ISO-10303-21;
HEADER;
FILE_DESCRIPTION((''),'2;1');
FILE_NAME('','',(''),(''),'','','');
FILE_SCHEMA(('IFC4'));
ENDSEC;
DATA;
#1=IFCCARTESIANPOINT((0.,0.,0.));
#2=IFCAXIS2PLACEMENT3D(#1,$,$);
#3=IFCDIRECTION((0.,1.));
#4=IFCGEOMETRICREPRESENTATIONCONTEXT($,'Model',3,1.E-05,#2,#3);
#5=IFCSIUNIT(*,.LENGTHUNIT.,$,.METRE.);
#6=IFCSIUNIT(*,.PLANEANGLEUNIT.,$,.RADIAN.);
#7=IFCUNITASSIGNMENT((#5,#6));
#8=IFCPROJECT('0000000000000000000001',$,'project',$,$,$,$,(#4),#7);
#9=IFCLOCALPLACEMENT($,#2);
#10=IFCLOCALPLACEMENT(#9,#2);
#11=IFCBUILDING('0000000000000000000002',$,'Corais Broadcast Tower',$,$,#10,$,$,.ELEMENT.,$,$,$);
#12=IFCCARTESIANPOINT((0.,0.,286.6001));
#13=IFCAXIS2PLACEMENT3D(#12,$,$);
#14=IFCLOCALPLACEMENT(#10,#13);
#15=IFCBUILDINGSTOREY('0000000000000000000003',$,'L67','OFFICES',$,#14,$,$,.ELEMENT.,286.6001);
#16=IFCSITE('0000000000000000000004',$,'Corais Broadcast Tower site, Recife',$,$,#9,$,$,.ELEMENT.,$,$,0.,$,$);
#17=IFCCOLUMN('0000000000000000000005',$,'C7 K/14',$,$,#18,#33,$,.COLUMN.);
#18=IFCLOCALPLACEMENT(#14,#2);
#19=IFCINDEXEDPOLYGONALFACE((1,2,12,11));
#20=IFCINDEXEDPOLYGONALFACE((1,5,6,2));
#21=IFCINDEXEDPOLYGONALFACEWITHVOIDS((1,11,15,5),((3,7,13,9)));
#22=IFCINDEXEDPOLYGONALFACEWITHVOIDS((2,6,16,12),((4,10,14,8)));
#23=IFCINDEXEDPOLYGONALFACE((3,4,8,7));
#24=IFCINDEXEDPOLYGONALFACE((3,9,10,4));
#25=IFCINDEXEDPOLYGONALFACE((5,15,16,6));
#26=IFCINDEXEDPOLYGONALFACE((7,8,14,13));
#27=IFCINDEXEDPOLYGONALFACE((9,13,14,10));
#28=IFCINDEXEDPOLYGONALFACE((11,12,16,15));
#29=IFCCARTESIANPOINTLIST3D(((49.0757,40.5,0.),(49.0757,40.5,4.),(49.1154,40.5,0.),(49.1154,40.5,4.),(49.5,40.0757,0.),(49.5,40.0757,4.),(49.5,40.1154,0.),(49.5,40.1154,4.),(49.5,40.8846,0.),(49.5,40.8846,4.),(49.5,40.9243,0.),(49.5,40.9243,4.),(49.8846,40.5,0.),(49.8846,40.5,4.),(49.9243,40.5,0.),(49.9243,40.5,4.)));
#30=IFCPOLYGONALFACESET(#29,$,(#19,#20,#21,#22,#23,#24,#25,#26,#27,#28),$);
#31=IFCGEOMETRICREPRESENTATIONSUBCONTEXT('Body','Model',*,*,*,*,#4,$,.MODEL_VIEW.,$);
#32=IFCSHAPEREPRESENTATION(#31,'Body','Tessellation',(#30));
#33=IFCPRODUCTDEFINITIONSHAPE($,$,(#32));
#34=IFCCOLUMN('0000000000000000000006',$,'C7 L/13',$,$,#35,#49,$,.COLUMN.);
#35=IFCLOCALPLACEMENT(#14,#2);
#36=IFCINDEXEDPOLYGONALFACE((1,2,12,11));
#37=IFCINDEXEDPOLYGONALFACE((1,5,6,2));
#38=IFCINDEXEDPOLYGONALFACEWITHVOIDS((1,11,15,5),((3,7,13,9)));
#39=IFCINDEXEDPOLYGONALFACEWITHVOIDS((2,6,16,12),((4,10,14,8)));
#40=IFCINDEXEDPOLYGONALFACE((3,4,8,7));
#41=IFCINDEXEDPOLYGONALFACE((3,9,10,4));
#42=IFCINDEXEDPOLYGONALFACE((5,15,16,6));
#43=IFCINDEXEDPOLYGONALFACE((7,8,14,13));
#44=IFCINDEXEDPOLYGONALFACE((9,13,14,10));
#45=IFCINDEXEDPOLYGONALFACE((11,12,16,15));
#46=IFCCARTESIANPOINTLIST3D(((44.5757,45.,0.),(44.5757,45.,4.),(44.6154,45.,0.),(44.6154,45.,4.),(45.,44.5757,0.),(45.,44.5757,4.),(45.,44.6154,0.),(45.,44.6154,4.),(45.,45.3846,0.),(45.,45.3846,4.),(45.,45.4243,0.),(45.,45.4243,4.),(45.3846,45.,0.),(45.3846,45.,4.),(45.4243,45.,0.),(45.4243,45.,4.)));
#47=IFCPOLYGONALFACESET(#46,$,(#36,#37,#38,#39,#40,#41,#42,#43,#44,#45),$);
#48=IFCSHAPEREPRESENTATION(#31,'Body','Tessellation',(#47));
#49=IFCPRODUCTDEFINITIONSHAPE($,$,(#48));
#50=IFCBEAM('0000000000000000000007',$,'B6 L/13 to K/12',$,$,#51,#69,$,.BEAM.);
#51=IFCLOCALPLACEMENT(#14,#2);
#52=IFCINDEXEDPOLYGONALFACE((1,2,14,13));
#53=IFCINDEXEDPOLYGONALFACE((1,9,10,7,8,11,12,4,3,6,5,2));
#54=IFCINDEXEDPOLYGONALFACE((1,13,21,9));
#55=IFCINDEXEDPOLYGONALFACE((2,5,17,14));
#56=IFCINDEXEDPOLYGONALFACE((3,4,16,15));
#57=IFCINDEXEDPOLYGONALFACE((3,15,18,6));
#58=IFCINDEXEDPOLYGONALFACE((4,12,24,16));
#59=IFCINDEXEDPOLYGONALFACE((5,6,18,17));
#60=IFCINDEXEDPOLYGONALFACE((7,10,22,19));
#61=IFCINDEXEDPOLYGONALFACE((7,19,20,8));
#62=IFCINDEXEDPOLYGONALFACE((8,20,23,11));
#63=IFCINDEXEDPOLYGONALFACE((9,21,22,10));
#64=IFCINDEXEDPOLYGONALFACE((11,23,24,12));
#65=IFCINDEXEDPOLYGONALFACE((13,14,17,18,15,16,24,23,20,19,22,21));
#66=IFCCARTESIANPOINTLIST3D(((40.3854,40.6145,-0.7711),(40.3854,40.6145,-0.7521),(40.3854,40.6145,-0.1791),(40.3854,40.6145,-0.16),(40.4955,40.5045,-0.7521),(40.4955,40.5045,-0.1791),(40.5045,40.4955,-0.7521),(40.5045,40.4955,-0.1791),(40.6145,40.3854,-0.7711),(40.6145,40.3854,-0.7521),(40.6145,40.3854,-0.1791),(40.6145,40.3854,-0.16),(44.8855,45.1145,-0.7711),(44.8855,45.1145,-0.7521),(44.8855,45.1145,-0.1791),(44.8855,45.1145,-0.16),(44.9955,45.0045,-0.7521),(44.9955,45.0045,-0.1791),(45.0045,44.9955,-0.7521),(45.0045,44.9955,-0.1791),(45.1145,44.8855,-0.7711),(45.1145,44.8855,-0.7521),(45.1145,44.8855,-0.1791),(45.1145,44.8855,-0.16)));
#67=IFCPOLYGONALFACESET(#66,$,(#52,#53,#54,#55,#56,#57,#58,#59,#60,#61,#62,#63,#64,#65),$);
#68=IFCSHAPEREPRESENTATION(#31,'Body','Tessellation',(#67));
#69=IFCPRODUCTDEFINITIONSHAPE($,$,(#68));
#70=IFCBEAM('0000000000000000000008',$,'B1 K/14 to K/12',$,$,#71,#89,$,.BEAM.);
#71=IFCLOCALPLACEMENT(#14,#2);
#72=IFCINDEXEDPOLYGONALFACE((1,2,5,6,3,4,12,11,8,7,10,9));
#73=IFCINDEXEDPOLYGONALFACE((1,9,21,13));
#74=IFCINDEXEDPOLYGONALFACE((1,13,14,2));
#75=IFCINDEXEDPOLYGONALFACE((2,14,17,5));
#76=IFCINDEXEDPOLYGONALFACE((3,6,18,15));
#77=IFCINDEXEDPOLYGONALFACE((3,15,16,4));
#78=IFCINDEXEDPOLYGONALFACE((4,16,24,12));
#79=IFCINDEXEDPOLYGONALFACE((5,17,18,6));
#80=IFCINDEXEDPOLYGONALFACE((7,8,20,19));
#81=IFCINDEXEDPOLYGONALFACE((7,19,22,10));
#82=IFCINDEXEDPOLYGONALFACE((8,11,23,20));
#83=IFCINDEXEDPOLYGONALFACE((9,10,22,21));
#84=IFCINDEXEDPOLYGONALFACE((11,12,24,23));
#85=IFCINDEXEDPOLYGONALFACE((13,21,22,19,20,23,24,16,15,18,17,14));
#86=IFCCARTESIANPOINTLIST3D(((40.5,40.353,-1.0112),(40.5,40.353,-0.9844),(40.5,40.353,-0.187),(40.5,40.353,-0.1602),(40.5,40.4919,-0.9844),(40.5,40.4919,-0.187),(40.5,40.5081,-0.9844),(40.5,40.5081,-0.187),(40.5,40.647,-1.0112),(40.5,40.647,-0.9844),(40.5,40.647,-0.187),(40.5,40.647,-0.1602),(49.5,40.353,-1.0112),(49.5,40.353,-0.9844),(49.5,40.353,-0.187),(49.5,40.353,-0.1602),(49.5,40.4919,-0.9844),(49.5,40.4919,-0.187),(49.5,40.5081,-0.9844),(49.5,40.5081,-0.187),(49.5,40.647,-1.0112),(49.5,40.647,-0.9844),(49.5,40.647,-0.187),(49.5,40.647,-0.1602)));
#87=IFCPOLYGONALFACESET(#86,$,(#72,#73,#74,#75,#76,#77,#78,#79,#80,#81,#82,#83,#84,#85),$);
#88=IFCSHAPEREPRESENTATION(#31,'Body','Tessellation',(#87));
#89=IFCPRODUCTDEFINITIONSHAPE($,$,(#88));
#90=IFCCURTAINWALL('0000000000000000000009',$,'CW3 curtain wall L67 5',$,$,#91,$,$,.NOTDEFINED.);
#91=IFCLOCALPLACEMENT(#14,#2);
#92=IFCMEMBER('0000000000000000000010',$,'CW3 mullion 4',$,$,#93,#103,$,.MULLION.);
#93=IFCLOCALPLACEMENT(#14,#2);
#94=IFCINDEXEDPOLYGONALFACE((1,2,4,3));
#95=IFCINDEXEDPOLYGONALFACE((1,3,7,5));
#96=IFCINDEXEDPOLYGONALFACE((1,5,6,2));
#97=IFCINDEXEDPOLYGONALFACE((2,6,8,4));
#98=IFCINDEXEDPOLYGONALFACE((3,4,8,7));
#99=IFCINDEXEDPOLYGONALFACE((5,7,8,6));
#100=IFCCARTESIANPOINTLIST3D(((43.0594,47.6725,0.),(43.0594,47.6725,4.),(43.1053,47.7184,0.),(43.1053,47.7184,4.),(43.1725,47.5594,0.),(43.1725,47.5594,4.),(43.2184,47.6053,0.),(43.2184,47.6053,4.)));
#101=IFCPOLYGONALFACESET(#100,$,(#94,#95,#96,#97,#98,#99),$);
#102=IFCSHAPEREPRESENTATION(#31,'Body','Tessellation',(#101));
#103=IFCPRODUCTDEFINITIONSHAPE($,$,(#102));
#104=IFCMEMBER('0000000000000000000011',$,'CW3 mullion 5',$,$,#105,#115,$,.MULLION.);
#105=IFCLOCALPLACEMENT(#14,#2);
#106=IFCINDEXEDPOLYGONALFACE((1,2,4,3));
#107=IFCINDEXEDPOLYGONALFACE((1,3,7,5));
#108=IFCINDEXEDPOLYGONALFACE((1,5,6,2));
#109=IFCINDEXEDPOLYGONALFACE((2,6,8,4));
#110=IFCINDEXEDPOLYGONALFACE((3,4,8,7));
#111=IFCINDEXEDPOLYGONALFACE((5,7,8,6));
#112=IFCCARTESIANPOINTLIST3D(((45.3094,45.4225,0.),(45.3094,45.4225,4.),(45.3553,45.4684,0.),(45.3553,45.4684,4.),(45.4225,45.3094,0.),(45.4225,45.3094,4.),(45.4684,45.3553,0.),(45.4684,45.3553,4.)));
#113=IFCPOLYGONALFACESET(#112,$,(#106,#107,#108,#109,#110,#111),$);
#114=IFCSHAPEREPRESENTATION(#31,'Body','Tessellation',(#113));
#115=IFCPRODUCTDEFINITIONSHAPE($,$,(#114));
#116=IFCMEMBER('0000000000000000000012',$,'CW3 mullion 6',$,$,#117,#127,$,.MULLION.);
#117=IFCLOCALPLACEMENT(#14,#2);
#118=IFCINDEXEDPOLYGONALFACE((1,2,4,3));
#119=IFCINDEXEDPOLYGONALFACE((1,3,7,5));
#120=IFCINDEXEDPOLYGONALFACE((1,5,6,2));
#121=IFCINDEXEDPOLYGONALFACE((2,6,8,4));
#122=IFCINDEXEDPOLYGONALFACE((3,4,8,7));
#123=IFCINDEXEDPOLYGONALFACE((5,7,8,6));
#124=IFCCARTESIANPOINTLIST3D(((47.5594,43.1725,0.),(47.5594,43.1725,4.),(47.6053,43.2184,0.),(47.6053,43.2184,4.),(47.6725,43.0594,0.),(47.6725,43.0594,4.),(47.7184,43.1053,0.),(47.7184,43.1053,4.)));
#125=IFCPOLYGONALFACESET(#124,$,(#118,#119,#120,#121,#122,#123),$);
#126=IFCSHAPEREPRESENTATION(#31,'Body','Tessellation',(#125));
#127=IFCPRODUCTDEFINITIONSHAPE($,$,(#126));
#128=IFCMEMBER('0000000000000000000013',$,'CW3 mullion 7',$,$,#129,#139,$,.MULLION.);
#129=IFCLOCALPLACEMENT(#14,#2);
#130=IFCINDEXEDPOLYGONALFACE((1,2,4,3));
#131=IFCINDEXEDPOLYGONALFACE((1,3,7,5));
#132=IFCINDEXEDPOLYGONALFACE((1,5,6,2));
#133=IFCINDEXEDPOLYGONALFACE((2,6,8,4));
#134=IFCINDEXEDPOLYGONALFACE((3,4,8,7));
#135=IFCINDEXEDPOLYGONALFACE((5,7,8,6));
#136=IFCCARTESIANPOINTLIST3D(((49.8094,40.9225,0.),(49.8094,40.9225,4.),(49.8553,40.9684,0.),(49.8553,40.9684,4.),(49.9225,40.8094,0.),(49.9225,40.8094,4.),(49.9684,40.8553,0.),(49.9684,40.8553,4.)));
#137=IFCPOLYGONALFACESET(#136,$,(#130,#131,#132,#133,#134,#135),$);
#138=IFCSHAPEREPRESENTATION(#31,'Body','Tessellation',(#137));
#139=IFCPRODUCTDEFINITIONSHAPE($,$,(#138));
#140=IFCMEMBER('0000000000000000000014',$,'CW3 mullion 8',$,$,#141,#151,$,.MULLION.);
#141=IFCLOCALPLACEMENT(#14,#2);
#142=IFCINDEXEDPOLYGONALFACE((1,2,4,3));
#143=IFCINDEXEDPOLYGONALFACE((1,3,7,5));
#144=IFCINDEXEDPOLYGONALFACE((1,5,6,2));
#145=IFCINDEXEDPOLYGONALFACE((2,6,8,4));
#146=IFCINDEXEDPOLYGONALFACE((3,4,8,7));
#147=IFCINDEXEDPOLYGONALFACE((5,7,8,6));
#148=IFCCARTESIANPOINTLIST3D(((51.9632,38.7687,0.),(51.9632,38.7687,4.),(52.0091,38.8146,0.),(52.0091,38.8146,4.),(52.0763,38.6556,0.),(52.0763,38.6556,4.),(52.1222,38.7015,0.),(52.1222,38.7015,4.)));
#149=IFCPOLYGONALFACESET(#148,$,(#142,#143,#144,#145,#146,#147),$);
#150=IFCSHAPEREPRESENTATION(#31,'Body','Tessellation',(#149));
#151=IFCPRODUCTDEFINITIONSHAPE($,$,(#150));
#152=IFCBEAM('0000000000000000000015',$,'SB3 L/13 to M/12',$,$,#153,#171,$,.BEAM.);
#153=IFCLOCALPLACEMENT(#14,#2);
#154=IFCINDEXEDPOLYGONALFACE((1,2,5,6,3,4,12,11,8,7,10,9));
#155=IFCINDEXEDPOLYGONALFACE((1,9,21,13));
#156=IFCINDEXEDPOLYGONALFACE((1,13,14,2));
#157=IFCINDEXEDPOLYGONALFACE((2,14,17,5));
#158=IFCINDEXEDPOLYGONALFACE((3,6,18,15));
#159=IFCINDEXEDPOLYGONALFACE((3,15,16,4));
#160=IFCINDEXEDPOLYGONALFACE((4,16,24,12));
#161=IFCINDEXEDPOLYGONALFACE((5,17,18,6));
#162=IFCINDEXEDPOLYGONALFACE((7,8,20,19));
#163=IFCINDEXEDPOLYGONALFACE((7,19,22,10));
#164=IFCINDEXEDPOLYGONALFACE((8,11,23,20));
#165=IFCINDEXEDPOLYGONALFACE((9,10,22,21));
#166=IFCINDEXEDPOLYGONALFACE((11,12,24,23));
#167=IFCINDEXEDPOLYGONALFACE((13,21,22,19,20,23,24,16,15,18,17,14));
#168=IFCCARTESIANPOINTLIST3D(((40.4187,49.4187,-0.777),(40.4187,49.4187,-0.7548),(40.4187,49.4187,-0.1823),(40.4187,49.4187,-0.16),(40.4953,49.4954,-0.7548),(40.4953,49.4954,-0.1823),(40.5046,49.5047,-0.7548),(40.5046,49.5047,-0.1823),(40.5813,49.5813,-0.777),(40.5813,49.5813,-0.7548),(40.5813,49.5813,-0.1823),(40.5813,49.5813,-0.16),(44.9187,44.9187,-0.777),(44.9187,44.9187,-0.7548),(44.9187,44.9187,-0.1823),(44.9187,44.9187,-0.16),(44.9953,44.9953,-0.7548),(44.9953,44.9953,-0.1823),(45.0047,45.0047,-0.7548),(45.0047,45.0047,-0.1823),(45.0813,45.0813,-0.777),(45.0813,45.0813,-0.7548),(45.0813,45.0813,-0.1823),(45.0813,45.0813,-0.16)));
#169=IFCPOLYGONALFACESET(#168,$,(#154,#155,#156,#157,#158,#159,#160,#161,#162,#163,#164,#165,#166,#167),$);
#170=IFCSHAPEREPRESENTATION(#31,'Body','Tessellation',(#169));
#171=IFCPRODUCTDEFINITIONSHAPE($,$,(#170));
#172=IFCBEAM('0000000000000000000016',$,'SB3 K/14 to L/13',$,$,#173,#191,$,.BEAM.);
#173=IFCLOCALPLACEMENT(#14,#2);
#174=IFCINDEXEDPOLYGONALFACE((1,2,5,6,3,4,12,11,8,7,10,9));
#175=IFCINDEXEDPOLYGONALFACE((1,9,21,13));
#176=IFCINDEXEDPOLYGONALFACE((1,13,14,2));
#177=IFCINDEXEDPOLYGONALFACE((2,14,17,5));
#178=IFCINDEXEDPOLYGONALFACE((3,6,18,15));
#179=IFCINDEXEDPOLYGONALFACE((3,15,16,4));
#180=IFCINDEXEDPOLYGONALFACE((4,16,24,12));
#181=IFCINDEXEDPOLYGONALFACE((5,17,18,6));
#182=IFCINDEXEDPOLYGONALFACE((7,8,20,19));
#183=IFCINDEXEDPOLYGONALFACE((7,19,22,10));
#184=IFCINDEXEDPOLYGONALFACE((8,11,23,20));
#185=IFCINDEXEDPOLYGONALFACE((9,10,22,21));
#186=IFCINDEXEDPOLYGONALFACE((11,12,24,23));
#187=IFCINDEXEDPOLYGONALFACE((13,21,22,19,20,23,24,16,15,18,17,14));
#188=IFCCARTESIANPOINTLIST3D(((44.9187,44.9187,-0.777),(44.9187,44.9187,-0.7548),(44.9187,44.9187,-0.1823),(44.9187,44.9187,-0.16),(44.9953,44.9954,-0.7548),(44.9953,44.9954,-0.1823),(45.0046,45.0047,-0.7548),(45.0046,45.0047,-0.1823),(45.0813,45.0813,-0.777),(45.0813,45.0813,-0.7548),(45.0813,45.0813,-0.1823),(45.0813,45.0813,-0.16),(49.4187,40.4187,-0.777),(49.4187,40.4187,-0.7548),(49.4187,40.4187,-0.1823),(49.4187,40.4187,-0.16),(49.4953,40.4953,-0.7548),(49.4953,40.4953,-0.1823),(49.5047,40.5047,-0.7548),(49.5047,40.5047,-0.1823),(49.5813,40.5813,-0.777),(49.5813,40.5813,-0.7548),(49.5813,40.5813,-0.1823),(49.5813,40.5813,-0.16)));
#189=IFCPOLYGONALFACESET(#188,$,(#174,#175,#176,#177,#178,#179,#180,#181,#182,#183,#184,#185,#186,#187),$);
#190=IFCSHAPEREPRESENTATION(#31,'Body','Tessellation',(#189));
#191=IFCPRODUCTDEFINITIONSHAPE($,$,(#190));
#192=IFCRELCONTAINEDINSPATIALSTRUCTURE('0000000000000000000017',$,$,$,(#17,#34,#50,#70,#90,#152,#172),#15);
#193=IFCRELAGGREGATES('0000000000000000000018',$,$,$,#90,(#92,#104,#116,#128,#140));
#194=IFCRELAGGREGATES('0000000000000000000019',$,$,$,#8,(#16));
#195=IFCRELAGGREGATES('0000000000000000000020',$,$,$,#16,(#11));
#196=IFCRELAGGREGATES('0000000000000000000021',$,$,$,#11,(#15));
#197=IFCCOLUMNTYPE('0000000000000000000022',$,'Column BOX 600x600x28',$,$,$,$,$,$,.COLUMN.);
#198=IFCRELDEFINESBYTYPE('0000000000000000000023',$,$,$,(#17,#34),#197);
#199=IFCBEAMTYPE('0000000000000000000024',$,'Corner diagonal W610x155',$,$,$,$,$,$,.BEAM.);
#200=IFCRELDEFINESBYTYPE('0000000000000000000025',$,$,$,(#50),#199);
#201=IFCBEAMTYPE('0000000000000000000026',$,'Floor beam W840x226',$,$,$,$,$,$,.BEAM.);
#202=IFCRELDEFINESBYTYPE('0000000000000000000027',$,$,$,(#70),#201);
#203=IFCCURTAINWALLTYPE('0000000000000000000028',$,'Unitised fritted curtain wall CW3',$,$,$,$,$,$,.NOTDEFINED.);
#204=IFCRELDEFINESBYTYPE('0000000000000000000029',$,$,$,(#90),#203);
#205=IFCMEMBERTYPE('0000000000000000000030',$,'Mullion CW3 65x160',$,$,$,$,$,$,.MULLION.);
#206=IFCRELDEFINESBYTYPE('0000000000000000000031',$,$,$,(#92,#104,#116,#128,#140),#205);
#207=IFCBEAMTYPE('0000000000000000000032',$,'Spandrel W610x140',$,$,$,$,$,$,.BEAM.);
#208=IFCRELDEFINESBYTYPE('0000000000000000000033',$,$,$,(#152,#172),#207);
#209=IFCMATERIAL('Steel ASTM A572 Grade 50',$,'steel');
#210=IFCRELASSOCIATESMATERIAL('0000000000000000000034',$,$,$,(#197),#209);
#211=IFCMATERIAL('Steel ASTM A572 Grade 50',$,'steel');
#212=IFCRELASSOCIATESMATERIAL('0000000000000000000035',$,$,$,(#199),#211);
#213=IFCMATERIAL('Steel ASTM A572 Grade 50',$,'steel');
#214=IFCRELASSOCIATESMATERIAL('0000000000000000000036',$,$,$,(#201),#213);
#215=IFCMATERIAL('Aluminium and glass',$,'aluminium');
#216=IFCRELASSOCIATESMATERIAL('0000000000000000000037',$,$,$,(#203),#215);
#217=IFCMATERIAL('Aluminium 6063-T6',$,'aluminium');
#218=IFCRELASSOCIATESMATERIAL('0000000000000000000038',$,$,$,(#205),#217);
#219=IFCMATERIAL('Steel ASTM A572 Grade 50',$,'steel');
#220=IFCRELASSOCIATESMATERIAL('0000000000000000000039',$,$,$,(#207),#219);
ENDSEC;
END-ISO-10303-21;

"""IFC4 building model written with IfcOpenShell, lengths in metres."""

from ifc_helpers import new_model, si_unit, direction, frame, origin, origin_2d, place, context, subcontext, project, spatial, rectangle, hollow_rectangle, i_section, extrude, material, material_profile, profile_set, type_object, element, aggregate, save


model = new_model("IFC4")

# Units and contexts
model_context = context("Model", 3, precision=1e-05, world=origin(), true_north=direction((0.0, 1.0)))
body_context = subcontext(model_context, "Body", "Model", "MODEL_VIEW")
ifc_project = project(units=[si_unit("LENGTHUNIT", "METRE"), si_unit("PLANEANGLEUNIT", "RADIAN")], contexts=[model_context])

# Site, building, storey
site_placement = place(None, origin())
site = spatial("IfcSite", under=ifc_project, at=site_placement, Name="Corais Broadcast Tower site, Recife", CompositionType="ELEMENT", RefElevation=0.0)
building_placement = place(site_placement, origin())
building = spatial("IfcBuilding", under=site, at=building_placement, Name="Corais Broadcast Tower", CompositionType="ELEMENT")
storey_placement = place(building_placement, frame((0.0, 0.0, 286.6001)))
storey = spatial("IfcBuildingStorey", under=building, at=storey_placement, Name="L67", Description="OFFICES", CompositionType="ELEMENT", Elevation=286.6001)

# Columns
ifc_material_1 = material(Name="Steel ASTM A572 Grade 50", Category="steel")
ifc_material_profile_1 = material_profile(ifc_material_1, hollow_rectangle(XDim=0.6001, YDim=0.6001, WallThickness=0.0281, at=origin_2d()), Name="BOX 600x600x28")
ifc_profile_set_1 = profile_set([ifc_material_profile_1], Name="Steel ASTM A572 Grade 50")
column_type = type_object("IfcColumnType", Name="Column BOX 600x600x28", PredefinedType="COLUMN", material=ifc_profile_set_1)
for number, where, z_axis, x_axis, name in (
    (1, (49.5, 40.5, 0.0), (0.0, 0.0, 1.0), (0.707107, 0.707107, 0.0), "C7 K/14"),
    (2, (45.0, 45.0, 0.0), (0.0, 0.0, 1.0), (0.707107, 0.707107, 0.0), "C7 L/13"),
):
    element("IfcColumn", number, at=place(storey_placement, frame(where, z_axis=z_axis, x_axis=x_axis)), inside=storey, type_object=column_type, Name=name, PredefinedType="COLUMN", context=body_context, shape_type="SweptSolid", body=[
        extrude(hollow_rectangle(XDim=0.6001, YDim=0.6001, WallThickness=0.0281, at=origin_2d()), origin(), (0.0, 0.0, 1.0), 4.0),
    ])

# Beams
ifc_material_2 = material(Name="Steel ASTM A572 Grade 50", Category="steel")
ifc_material_profile_2 = material_profile(ifc_material_2, i_section(OverallWidth=0.324, OverallDepth=0.6111, WebThickness=0.0127, FlangeThickness=0.019, at=origin_2d()), Name="W610x155")
ifc_profile_set_2 = profile_set([ifc_material_profile_2], Name="Steel ASTM A572 Grade 50")
beam_type_1 = type_object("IfcBeamType", Name="Corner diagonal W610x155", PredefinedType="BEAM", material=ifc_profile_set_2)
beam_1_placement = place(storey_placement, frame((45.0, 45.0, -0.4656), z_axis=(-0.707107, -0.707107, 0.0), x_axis=(0.707107, -0.707107, 0.0)))
element("IfcBeam", 3, at=beam_1_placement, inside=storey, type_object=beam_type_1, Name="B6 L/13 to K/12", PredefinedType="BEAM", context=body_context, shape_type="SweptSolid", body=[
    extrude(i_section(OverallWidth=0.324, OverallDepth=0.6111, WebThickness=0.0127, FlangeThickness=0.019, at=origin_2d()), origin(), (0.0, 0.0, 1.0), 6.364),
])
ifc_material_3 = material(Name="Steel ASTM A572 Grade 50", Category="steel")
ifc_material_profile_3 = material_profile(ifc_material_3, i_section(OverallWidth=0.2939, OverallDepth=0.8511, WebThickness=0.0161, FlangeThickness=0.0269, at=origin_2d()), Name="W840x226")
ifc_profile_set_3 = profile_set([ifc_material_profile_3], Name="Steel ASTM A572 Grade 50")
beam_type_2 = type_object("IfcBeamType", Name="Floor beam W840x226", PredefinedType="BEAM", material=ifc_profile_set_3)
beam_2_placement = place(storey_placement, frame((49.5, 40.5, -0.5857), z_axis=(-1.0, 0.0, 0.0), x_axis=(0.0, -1.0, 0.0)))
element("IfcBeam", 4, at=beam_2_placement, inside=storey, type_object=beam_type_2, Name="B1 K/14 to K/12", PredefinedType="BEAM", context=body_context, shape_type="SweptSolid", body=[
    extrude(i_section(OverallWidth=0.2939, OverallDepth=0.8511, WebThickness=0.0161, FlangeThickness=0.0269, at=origin_2d()), origin(), (0.0, 0.0, 1.0), 9.0),
])

# Curtain wall, members
ifc_material_4 = material(Name="Aluminium and glass", Category="aluminium")
curtain_wall_type = type_object("IfcCurtainWallType", Name="Unitised fritted curtain wall CW3", PredefinedType="NOTDEFINED", material=ifc_material_4)
curtain_wall_placement = place(storey_placement, origin())
curtain_wall = element("IfcCurtainWall", 5, at=curtain_wall_placement, inside=storey, type_object=curtain_wall_type, Name="CW3 curtain wall L67 5", PredefinedType="NOTDEFINED")
ifc_material_5 = material(Name="Aluminium 6063-T6", Category="aluminium")
ifc_material_profile_4 = material_profile(ifc_material_5, rectangle(XDim=0.0649, YDim=0.1599, at=origin_2d()), Name="Mullion CW3 65x160")
ifc_profile_set_4 = profile_set([ifc_material_profile_4], Name="Aluminium 6063-T6")
member_type_1 = type_object("IfcMemberType", Name="Mullion CW3 65x160", PredefinedType="MULLION", material=ifc_profile_set_4)
member_1_placement = place(storey_placement, frame((43.1389, 47.6389, 0.0), z_axis=(0.0, 0.0, 1.0), x_axis=(0.707107, 0.707107, 0.0)))
member_1 = element("IfcMember", 6, at=member_1_placement, type_object=member_type_1, Name="CW3 mullion 4", PredefinedType="MULLION", context=body_context, shape_type="SweptSolid", body=[
    extrude(rectangle(XDim=0.0649, YDim=0.1599, at=origin_2d()), origin(), (0.0, 0.0, 1.0), 4.0),
])
member_2_placement = place(storey_placement, frame((45.3889, 45.3889, 0.0), z_axis=(0.0, 0.0, 1.0), x_axis=(0.707107, 0.707107, 0.0)))
member_2 = element("IfcMember", 7, at=member_2_placement, type_object=member_type_1, Name="CW3 mullion 5", PredefinedType="MULLION", context=body_context, shape_type="SweptSolid", body=[
    extrude(rectangle(XDim=0.0649, YDim=0.1599, at=origin_2d()), origin(), (0.0, 0.0, 1.0), 4.0),
])
member_3_placement = place(storey_placement, frame((47.6389, 43.1389, 0.0), z_axis=(0.0, 0.0, 1.0), x_axis=(0.707107, 0.707107, 0.0)))
member_3 = element("IfcMember", 8, at=member_3_placement, type_object=member_type_1, Name="CW3 mullion 6", PredefinedType="MULLION", context=body_context, shape_type="SweptSolid", body=[
    extrude(rectangle(XDim=0.0649, YDim=0.1599, at=origin_2d()), origin(), (0.0, 0.0, 1.0), 4.0),
])
member_4_placement = place(storey_placement, frame((49.8889, 40.8889, 0.0), z_axis=(0.0, 0.0, 1.0), x_axis=(0.707107, 0.707107, 0.0)))
member_4 = element("IfcMember", 9, at=member_4_placement, type_object=member_type_1, Name="CW3 mullion 7", PredefinedType="MULLION", context=body_context, shape_type="SweptSolid", body=[
    extrude(rectangle(XDim=0.0649, YDim=0.1599, at=origin_2d()), origin(), (0.0, 0.0, 1.0), 4.0),
])
member_5_placement = place(storey_placement, frame((52.0427, 38.7351, 0.0), z_axis=(0.0, 0.0, 1.0), x_axis=(0.707107, 0.707107, 0.0)))
member_5 = element("IfcMember", 10, at=member_5_placement, type_object=member_type_1, Name="CW3 mullion 8", PredefinedType="MULLION", context=body_context, shape_type="SweptSolid", body=[
    extrude(rectangle(XDim=0.0649, YDim=0.1599, at=origin_2d()), origin(), (0.0, 0.0, 1.0), 4.0),
])

# Beams
ifc_material_6 = material(Name="Steel ASTM A572 Grade 50", Category="steel")
ifc_material_profile_5 = material_profile(ifc_material_6, i_section(OverallWidth=0.23, OverallDepth=0.6169, WebThickness=0.0132, FlangeThickness=0.0222, at=origin_2d()), Name="W610x140")
ifc_profile_set_5 = profile_set([ifc_material_profile_5], Name="Steel ASTM A572 Grade 50")
beam_type_3 = type_object("IfcBeamType", Name="Spandrel W610x140", PredefinedType="BEAM", material=ifc_profile_set_5)
for number, where, z_axis, x_axis, name in (
    (11, (45.0, 45.0, -0.4685), (-0.707107, 0.707107, 0.0), (-0.707107, -0.707107, 0.0), "SB3 L/13 to M/12"),
    (12, (49.5, 40.5, -0.4685), (-0.707107, 0.707107, 0.0), (-0.707107, -0.707107, 0.0), "SB3 K/14 to L/13"),
):
    element("IfcBeam", number, at=place(storey_placement, frame(where, z_axis=z_axis, x_axis=x_axis)), inside=storey, type_object=beam_type_3, Name=name, PredefinedType="BEAM", context=body_context, shape_type="SweptSolid", body=[
        extrude(i_section(OverallWidth=0.23, OverallDepth=0.6169, WebThickness=0.0132, FlangeThickness=0.0222, at=origin_2d()), origin(), (0.0, 0.0, 1.0), 6.364),
    ])

aggregate(curtain_wall, [member_1, member_2, member_3, member_4, member_5])

save(model, "model.ifc")
